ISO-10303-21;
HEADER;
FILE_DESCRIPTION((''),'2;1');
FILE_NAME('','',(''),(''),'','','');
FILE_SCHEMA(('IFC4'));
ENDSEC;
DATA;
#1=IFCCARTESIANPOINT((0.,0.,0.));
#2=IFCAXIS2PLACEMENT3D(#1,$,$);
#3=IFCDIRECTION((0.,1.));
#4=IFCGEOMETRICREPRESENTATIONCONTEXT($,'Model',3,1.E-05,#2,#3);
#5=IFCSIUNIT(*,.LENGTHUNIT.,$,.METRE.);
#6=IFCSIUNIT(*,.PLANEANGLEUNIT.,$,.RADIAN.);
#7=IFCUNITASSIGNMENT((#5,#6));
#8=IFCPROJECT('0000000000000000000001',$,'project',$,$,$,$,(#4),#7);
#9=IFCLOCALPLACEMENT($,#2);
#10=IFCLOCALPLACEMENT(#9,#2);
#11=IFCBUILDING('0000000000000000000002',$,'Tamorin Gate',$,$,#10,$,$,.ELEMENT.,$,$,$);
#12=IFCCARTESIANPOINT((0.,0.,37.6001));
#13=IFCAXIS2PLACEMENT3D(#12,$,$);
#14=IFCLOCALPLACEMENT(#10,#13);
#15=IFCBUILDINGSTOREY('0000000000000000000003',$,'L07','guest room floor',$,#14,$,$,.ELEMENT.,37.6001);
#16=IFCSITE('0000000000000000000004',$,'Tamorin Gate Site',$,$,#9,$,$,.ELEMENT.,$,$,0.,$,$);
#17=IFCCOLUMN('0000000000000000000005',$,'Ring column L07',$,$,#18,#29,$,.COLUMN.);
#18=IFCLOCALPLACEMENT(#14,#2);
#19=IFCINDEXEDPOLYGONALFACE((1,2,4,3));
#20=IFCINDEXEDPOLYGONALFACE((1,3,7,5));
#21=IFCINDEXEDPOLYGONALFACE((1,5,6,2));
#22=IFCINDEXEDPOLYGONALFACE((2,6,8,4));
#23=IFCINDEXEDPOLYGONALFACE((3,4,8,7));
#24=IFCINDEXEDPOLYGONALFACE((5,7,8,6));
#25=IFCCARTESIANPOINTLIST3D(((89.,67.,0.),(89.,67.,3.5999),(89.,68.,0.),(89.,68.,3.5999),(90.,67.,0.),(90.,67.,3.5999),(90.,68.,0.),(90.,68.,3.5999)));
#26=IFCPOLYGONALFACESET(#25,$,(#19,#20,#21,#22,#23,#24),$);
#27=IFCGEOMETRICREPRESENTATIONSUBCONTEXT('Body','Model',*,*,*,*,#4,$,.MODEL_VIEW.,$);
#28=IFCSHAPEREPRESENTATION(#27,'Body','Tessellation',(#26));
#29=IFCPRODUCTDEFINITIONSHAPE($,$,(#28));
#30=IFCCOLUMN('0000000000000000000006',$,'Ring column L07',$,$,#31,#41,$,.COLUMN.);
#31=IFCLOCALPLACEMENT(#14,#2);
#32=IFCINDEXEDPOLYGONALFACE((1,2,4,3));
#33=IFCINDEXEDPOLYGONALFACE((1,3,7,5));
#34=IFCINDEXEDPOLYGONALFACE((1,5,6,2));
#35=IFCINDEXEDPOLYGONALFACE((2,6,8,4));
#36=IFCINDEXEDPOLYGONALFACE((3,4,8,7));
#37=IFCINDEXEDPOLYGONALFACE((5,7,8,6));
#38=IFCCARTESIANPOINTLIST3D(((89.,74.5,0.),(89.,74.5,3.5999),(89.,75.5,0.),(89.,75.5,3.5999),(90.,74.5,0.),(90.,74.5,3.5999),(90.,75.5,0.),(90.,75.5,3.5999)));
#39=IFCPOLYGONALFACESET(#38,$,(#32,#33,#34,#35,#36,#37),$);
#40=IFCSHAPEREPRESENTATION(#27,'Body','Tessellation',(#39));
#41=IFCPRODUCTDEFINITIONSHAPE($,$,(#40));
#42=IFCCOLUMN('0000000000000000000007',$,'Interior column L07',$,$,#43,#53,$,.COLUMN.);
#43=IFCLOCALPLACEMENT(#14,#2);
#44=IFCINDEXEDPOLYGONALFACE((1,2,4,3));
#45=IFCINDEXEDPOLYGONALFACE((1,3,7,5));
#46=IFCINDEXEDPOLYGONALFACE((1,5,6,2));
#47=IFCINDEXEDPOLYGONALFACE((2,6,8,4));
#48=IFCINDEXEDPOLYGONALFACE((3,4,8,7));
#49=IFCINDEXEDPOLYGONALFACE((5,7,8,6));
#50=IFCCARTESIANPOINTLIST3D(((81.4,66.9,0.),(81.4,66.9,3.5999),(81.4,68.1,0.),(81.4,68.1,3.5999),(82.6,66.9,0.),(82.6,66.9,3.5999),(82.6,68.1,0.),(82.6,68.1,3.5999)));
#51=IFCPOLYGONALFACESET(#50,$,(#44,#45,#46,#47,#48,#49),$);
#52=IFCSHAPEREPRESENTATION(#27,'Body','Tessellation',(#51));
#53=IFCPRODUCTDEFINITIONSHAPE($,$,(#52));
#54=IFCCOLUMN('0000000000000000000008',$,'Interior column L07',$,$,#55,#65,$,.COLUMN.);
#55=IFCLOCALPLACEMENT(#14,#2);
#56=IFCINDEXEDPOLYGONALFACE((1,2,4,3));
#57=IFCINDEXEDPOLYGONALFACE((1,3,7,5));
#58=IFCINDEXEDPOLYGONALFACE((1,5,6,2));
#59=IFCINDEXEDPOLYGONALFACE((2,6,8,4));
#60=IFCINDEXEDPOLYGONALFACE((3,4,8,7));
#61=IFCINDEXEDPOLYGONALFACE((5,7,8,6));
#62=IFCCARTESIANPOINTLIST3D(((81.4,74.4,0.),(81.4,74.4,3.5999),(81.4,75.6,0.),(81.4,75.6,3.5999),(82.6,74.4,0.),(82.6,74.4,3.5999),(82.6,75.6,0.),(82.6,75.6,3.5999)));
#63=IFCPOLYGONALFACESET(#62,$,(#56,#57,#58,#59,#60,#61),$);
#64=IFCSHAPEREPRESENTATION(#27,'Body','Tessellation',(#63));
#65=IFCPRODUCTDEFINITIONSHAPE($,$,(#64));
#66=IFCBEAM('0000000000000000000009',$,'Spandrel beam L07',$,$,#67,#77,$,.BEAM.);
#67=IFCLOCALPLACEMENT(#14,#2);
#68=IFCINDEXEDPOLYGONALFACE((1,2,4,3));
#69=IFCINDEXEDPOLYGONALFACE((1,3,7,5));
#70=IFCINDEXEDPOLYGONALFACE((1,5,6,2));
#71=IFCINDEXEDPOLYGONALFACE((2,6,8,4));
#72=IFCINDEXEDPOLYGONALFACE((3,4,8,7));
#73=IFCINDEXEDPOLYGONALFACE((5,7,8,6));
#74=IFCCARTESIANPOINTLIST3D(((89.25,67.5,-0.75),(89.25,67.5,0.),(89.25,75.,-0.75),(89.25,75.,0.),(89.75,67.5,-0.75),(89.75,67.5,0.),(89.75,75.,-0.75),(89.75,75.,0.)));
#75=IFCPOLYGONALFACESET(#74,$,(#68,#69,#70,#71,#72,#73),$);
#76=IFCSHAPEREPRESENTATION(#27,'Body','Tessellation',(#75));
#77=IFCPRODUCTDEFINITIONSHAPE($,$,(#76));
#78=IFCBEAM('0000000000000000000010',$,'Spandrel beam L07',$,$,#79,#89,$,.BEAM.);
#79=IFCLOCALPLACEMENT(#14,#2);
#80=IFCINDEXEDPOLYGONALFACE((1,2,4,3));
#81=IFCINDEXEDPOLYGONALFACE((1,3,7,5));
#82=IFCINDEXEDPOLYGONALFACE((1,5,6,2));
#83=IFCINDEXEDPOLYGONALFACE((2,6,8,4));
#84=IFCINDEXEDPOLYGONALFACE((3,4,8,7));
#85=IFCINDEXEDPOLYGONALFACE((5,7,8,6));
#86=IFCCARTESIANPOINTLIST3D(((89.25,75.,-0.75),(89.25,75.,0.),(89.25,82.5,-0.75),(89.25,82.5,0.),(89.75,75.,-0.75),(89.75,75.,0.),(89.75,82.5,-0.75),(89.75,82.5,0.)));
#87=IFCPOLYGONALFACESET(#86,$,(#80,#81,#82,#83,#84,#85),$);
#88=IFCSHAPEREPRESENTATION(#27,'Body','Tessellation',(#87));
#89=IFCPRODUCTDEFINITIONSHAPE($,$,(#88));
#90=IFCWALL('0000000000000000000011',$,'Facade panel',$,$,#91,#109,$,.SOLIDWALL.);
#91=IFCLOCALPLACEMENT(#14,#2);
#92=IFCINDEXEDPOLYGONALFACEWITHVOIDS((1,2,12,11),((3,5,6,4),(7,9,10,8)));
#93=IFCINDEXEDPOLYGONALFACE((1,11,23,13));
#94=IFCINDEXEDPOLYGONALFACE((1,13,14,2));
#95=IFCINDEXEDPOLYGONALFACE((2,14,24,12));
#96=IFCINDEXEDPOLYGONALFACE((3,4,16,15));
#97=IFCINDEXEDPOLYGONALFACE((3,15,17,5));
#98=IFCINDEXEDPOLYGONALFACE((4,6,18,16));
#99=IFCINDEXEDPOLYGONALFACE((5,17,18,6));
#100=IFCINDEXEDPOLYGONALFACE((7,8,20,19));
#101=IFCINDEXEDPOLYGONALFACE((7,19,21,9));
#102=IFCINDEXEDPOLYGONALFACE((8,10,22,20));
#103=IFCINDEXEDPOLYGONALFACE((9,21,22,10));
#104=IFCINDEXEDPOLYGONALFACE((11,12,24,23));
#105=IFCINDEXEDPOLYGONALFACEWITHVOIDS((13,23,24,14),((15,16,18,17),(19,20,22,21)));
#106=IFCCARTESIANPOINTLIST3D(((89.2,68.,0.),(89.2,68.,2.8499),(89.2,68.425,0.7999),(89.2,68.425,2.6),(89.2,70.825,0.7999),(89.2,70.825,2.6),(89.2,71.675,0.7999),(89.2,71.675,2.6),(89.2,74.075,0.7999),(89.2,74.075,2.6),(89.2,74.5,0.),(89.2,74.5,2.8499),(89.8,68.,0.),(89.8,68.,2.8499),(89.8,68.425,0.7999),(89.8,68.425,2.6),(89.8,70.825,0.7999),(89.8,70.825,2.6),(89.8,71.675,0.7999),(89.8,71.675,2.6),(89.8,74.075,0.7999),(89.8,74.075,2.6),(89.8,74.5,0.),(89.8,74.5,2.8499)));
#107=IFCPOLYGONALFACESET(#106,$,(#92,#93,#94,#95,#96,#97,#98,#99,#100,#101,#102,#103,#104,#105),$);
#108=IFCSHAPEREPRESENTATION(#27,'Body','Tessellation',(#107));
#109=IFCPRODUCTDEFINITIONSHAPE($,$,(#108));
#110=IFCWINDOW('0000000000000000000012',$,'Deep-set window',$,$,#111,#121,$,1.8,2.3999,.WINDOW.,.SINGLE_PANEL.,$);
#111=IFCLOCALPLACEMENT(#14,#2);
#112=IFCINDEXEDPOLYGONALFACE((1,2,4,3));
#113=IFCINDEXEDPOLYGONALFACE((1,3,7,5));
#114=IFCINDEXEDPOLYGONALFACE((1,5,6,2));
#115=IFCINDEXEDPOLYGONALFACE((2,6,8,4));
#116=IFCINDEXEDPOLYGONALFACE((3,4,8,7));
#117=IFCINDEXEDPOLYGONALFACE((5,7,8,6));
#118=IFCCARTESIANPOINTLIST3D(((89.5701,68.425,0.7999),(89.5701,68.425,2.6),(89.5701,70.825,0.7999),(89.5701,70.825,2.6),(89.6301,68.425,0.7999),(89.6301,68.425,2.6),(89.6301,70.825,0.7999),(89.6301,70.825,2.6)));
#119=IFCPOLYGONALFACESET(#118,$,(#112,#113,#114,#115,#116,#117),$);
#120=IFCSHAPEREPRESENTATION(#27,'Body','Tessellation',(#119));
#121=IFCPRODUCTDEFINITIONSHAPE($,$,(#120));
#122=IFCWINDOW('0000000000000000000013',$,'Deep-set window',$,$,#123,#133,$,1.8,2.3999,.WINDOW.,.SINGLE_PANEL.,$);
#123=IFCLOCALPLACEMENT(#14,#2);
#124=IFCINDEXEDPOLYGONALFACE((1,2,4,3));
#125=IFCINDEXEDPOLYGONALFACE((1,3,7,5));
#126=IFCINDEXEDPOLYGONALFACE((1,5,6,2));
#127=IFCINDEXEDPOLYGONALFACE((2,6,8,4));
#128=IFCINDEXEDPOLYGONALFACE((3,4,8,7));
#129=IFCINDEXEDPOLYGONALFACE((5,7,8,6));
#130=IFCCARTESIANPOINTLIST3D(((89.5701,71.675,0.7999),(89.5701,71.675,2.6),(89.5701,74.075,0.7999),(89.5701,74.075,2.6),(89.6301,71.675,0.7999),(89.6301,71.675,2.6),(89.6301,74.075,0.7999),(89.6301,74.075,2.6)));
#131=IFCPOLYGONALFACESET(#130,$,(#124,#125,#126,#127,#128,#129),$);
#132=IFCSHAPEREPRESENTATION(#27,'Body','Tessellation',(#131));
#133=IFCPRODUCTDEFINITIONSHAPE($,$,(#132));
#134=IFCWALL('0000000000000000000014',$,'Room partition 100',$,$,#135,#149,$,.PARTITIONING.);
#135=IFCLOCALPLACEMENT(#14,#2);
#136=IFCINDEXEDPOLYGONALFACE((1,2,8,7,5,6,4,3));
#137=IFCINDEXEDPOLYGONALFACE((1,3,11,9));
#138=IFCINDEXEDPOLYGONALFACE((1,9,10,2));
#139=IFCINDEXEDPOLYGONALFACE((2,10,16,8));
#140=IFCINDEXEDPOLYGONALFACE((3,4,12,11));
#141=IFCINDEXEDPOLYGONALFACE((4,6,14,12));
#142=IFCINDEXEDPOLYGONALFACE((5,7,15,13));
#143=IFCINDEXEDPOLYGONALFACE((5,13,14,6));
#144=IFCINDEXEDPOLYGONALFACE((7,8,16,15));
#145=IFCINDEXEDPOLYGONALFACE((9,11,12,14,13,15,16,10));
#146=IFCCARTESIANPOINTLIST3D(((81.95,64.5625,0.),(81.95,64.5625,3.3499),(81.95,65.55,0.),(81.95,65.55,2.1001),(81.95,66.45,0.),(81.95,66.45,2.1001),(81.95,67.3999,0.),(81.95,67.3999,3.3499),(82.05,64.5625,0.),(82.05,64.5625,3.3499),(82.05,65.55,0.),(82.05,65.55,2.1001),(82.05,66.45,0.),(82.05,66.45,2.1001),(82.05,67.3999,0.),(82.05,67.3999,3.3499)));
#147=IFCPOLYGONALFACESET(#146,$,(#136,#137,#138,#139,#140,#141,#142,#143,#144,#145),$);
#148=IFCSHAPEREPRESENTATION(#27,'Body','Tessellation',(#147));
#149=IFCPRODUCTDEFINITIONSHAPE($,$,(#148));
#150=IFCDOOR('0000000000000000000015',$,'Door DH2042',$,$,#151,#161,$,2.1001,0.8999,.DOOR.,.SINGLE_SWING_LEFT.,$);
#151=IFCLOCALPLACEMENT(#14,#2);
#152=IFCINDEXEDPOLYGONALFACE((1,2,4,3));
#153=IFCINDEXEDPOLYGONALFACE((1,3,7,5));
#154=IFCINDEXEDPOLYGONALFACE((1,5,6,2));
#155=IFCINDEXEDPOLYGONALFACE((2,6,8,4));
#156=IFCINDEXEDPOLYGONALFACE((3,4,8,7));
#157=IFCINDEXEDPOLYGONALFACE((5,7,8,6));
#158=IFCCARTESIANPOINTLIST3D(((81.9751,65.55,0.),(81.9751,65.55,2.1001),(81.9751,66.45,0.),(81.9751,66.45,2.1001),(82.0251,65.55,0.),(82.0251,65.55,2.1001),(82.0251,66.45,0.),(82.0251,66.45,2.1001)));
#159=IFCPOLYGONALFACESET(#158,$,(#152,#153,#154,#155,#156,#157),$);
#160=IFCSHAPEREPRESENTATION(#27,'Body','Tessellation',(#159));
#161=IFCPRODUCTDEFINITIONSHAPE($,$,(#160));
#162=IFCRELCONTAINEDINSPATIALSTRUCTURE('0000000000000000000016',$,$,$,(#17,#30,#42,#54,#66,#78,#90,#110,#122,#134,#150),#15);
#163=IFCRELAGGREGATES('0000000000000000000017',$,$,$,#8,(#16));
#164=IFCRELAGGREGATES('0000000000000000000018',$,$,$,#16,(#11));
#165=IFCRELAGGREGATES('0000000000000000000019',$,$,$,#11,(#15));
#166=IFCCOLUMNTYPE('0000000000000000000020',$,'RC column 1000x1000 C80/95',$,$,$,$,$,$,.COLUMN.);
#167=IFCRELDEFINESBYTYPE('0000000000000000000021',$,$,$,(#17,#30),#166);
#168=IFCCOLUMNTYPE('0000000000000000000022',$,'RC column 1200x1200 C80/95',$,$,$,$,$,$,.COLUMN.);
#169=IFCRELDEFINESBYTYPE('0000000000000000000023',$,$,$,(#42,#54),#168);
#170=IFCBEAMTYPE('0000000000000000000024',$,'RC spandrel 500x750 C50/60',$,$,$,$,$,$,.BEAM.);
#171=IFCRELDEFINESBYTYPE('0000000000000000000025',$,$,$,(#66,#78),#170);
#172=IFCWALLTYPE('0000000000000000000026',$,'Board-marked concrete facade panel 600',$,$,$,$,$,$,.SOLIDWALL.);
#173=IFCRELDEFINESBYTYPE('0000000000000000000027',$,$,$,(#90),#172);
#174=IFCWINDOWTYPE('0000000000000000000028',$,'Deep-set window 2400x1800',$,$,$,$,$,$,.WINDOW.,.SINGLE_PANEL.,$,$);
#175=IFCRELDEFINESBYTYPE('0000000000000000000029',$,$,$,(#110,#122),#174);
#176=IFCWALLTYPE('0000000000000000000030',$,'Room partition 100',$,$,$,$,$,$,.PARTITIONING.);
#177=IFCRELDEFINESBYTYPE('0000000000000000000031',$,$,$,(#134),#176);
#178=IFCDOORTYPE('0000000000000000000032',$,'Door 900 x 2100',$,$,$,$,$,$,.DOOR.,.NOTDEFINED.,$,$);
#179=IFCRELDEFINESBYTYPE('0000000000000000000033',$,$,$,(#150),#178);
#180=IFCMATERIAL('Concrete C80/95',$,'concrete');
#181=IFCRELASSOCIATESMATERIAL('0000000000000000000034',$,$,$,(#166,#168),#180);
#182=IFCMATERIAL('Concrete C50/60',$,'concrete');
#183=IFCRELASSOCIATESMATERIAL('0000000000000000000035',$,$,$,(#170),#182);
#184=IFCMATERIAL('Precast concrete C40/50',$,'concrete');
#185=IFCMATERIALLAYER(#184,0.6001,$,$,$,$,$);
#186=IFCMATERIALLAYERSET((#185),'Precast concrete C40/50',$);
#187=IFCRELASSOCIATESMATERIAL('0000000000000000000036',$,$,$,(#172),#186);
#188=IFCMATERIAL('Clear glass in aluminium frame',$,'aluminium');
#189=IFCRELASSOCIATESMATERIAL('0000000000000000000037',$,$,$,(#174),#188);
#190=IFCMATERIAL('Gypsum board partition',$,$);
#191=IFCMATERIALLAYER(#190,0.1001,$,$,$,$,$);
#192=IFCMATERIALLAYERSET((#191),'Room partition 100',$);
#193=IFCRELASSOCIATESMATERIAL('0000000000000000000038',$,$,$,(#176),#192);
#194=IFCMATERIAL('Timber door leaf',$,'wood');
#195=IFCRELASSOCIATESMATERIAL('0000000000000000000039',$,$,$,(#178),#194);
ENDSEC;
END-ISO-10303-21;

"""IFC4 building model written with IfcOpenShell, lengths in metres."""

from ifc_helpers import new_model, si_unit, direction, frame, frame_2d, origin, origin_2d, place, context, subcontext, project, spatial, rectangle, extrude, material, layer, layer_set, material_profile, profile_set, type_object, element, fill, save


model = new_model("IFC4")

# Units and contexts
model_context = context("Model", 3, precision=1e-05, world=origin(), true_north=direction((0.0, 1.0)))
body_context = subcontext(model_context, "Body", "Model", "MODEL_VIEW")
ifc_project = project(units=[si_unit("LENGTHUNIT", "METRE"), si_unit("PLANEANGLEUNIT", "RADIAN")], contexts=[model_context])

# Site, building, storey
site_placement = place(None, origin())
site = spatial("IfcSite", under=ifc_project, at=site_placement, Name="Tamorin Gate Site", CompositionType="ELEMENT", RefElevation=0.0)
building_placement = place(site_placement, origin())
building = spatial("IfcBuilding", under=site, at=building_placement, Name="Tamorin Gate", CompositionType="ELEMENT")
storey_placement = place(building_placement, frame((0.0, 0.0, 37.6001)))
storey = spatial("IfcBuildingStorey", under=building, at=storey_placement, Name="L07", Description="guest room floor", CompositionType="ELEMENT", Elevation=37.6001)

# Columns
ifc_material_1 = material(Name="Concrete C80/95", Category="concrete")
ifc_material_profile_1 = material_profile(ifc_material_1, rectangle(XDim=1.0, YDim=1.0, at=origin_2d()), Name="RC 1000x1000")
ifc_profile_set_1 = profile_set([ifc_material_profile_1], Name="Concrete C80/95")
column_type_1 = type_object("IfcColumnType", Name="RC column 1000x1000 C80/95", PredefinedType="COLUMN", material=ifc_profile_set_1)
for number, where, z_axis, x_axis, name in (
    (1, (89.5, 67.5, 0.0), (0.0, 0.0, 1.0), (1.0, 0.0, 0.0), "Ring column L07"),
    (2, (89.5, 75.0, 0.0), (0.0, 0.0, 1.0), (1.0, 0.0, 0.0), "Ring column L07"),
):
    element("IfcColumn", number, at=place(storey_placement, frame(where, z_axis=z_axis, x_axis=x_axis)), inside=storey, type_object=column_type_1, Name=name, PredefinedType="COLUMN", context=body_context, shape_type="SweptSolid", body=[
        extrude(rectangle(XDim=1.0, YDim=1.0, at=origin_2d()), origin(), (0.0, 0.0, 1.0), 3.5999),
    ])
ifc_material_profile_2 = material_profile(ifc_material_1, rectangle(XDim=1.2, YDim=1.2, at=origin_2d()), Name="RC 1200x1200")
ifc_profile_set_2 = profile_set([ifc_material_profile_2], Name="Concrete C80/95")
column_type_2 = type_object("IfcColumnType", Name="RC column 1200x1200 C80/95", PredefinedType="COLUMN", material=ifc_profile_set_2)
for number, where, z_axis, x_axis, name in (
    (3, (82.0, 67.5, 0.0), (0.0, 0.0, 1.0), (1.0, 0.0, 0.0), "Interior column L07"),
    (4, (82.0, 75.0, 0.0), (0.0, 0.0, 1.0), (1.0, 0.0, 0.0), "Interior column L07"),
):
    element("IfcColumn", number, at=place(storey_placement, frame(where, z_axis=z_axis, x_axis=x_axis)), inside=storey, type_object=column_type_2, Name=name, PredefinedType="COLUMN", context=body_context, shape_type="SweptSolid", body=[
        extrude(rectangle(XDim=1.2, YDim=1.2, at=origin_2d()), origin(), (0.0, 0.0, 1.0), 3.5999),
    ])

# Beams
ifc_material_2 = material(Name="Concrete C50/60", Category="concrete")
ifc_material_profile_3 = material_profile(ifc_material_2, rectangle(XDim=0.5, YDim=0.75, at=origin_2d()), Name="RC 500x750")
ifc_profile_set_3 = profile_set([ifc_material_profile_3], Name="Concrete C50/60")
beam_type = type_object("IfcBeamType", Name="RC spandrel 500x750 C50/60", PredefinedType="BEAM", material=ifc_profile_set_3)
for number, where, z_axis, x_axis, name in (
    (5, (89.5, 67.5, -0.375), (0.0, 1.0, 0.0), (-1.0, 0.0, 0.0), "Spandrel beam L07"),
    (6, (89.5, 75.0, -0.375), (0.0, 1.0, 0.0), (-1.0, 0.0, 0.0), "Spandrel beam L07"),
):
    element("IfcBeam", number, at=place(storey_placement, frame(where, z_axis=z_axis, x_axis=x_axis)), inside=storey, type_object=beam_type, Name=name, PredefinedType="BEAM", context=body_context, shape_type="SweptSolid", body=[
        extrude(rectangle(XDim=0.5, YDim=0.75, at=origin_2d()), origin(), (0.0, 0.0, 1.0), 7.5),
    ])

# Wall, openings, windows
ifc_material_3 = material(Name="Precast concrete C40/50", Category="concrete")
ifc_layer_1 = layer(ifc_material_3, 0.6001)
ifc_layer_set_1 = layer_set([ifc_layer_1], Name="Precast concrete C40/50")
wall_type_1 = type_object("IfcWallType", Name="Board-marked concrete facade panel 600", PredefinedType="SOLIDWALL", material=ifc_layer_set_1)
wall_1_placement = place(storey_placement, frame((89.5, 68.0, 0.0), z_axis=(0.0, 0.0, 1.0), x_axis=(0.0, 1.0, 0.0)))
wall_1 = element("IfcWall", 7, at=wall_1_placement, inside=storey, type_object=wall_type_1, Name="Facade panel", PredefinedType="SOLIDWALL", context=body_context, shape_type="SweptSolid", body=[
    extrude(rectangle(XDim=6.5, YDim=0.6001, at=frame_2d((3.25, 0.0))), origin(), (0.0, 0.0, 1.0), 2.8499),
])
opening_1_placement = place(wall_1_placement, frame((0.425, 0.0, 0.8)))
opening_1 = element("IfcOpeningElement", 8, at=opening_1_placement, cuts=wall_1, PredefinedType="OPENING", context=body_context, shape_type="SweptSolid", body=[
    extrude(rectangle(XDim=2.3999, YDim=1.8, at=frame_2d((1.2, 0.8999))), frame((0.0, 0.3101, 0.0), z_axis=(0.0, -1.0, 0.0), x_axis=(1.0, 0.0, 0.0)), (0.0, 0.0, 1.0), 0.6201),
])
opening_2_placement = place(wall_1_placement, frame((3.675, 0.0, 0.8)))
opening_2 = element("IfcOpeningElement", 9, at=opening_2_placement, cuts=wall_1, PredefinedType="OPENING", context=body_context, shape_type="SweptSolid", body=[
    extrude(rectangle(XDim=2.3999, YDim=1.8, at=frame_2d((1.2, 0.8999))), frame((0.0, 0.3101, 0.0), z_axis=(0.0, -1.0, 0.0), x_axis=(1.0, 0.0, 0.0)), (0.0, 0.0, 1.0), 0.6201),
])
ifc_material_4 = material(Name="Clear glass in aluminium frame", Category="aluminium")
window_type = type_object("IfcWindowType", Name="Deep-set window 2400x1800", PartitioningType="SINGLE_PANEL", PredefinedType="WINDOW", material=ifc_material_4)
window_1_placement = place(opening_1_placement, origin())
window_1 = element("IfcWindow", 10, at=window_1_placement, inside=storey, type_object=window_type, Name="Deep-set window", OverallHeight=1.8, OverallWidth=2.3999, PartitioningType="SINGLE_PANEL", PredefinedType="WINDOW", context=body_context, shape_type="SweptSolid", body=[
    extrude(rectangle(XDim=2.3999, YDim=1.8, at=frame_2d((1.2, 0.8999))), frame((0.0, -0.0701, 0.0), z_axis=(0.0, -1.0, 0.0), x_axis=(1.0, 0.0, 0.0)), (0.0, 0.0, 1.0), 0.0601),
])
fill(opening_1, window_1)
window_2_placement = place(opening_2_placement, origin())
window_2 = element("IfcWindow", 11, at=window_2_placement, inside=storey, type_object=window_type, Name="Deep-set window", OverallHeight=1.8, OverallWidth=2.3999, PartitioningType="SINGLE_PANEL", PredefinedType="WINDOW", context=body_context, shape_type="SweptSolid", body=[
    extrude(rectangle(XDim=2.3999, YDim=1.8, at=frame_2d((1.2, 0.8999))), frame((0.0, -0.0701, 0.0), z_axis=(0.0, -1.0, 0.0), x_axis=(1.0, 0.0, 0.0)), (0.0, 0.0, 1.0), 0.0601),
])
fill(opening_2, window_2)

# Wall, opening, door
ifc_material_5 = material(Name="Gypsum board partition")
ifc_layer_2 = layer(ifc_material_5, 0.1001)
ifc_layer_set_2 = layer_set([ifc_layer_2], Name="Room partition 100")
wall_type_2 = type_object("IfcWallType", Name="Room partition 100", PredefinedType="PARTITIONING", material=ifc_layer_set_2)
wall_2_placement = place(storey_placement, frame((82.0, 64.5625, 0.0), z_axis=(0.0, 0.0, 1.0), x_axis=(0.0, 1.0, 0.0)))
wall_2 = element("IfcWall", 12, at=wall_2_placement, inside=storey, type_object=wall_type_2, Name="Room partition 100", PredefinedType="PARTITIONING", context=body_context, shape_type="SweptSolid", body=[
    extrude(rectangle(XDim=2.8374, YDim=0.1001, at=frame_2d((1.4187, 0.0))), origin(), (0.0, 0.0, 1.0), 3.3499),
])
opening_3_placement = place(wall_2_placement, frame((0.9875, 0.0, 0.0)))
opening_3 = element("IfcOpeningElement", 13, at=opening_3_placement, cuts=wall_2, PredefinedType="OPENING", context=body_context, shape_type="SweptSolid", body=[
    extrude(rectangle(XDim=0.8999, YDim=2.1001, at=frame_2d((0.45, 1.05))), frame((0.0, 0.0601, 0.0), z_axis=(0.0, -1.0, 0.0), x_axis=(1.0, 0.0, 0.0)), (0.0, 0.0, 1.0), 0.1201),
])
ifc_material_6 = material(Name="Timber door leaf", Category="wood")
door_type = type_object("IfcDoorType", Name="Door 900 x 2100", OperationType="NOTDEFINED", PredefinedType="DOOR", material=ifc_material_6)
door_1_placement = place(opening_3_placement, origin())
door_1 = element("IfcDoor", 14, at=door_1_placement, inside=storey, type_object=door_type, Name="Door DH2042", OperationType="SINGLE_SWING_LEFT", OverallHeight=2.1001, OverallWidth=0.8999, PredefinedType="DOOR", context=body_context, shape_type="SweptSolid", body=[
    extrude(rectangle(XDim=0.8999, YDim=2.1001, at=frame_2d((0.45, 1.05))), frame((0.0, 0.0249, 0.0), z_axis=(0.0, -1.0, 0.0), x_axis=(1.0, 0.0, 0.0)), (0.0, 0.0, 1.0), 0.05),
])
fill(opening_3, door_1)

save(model, "model.ifc")
